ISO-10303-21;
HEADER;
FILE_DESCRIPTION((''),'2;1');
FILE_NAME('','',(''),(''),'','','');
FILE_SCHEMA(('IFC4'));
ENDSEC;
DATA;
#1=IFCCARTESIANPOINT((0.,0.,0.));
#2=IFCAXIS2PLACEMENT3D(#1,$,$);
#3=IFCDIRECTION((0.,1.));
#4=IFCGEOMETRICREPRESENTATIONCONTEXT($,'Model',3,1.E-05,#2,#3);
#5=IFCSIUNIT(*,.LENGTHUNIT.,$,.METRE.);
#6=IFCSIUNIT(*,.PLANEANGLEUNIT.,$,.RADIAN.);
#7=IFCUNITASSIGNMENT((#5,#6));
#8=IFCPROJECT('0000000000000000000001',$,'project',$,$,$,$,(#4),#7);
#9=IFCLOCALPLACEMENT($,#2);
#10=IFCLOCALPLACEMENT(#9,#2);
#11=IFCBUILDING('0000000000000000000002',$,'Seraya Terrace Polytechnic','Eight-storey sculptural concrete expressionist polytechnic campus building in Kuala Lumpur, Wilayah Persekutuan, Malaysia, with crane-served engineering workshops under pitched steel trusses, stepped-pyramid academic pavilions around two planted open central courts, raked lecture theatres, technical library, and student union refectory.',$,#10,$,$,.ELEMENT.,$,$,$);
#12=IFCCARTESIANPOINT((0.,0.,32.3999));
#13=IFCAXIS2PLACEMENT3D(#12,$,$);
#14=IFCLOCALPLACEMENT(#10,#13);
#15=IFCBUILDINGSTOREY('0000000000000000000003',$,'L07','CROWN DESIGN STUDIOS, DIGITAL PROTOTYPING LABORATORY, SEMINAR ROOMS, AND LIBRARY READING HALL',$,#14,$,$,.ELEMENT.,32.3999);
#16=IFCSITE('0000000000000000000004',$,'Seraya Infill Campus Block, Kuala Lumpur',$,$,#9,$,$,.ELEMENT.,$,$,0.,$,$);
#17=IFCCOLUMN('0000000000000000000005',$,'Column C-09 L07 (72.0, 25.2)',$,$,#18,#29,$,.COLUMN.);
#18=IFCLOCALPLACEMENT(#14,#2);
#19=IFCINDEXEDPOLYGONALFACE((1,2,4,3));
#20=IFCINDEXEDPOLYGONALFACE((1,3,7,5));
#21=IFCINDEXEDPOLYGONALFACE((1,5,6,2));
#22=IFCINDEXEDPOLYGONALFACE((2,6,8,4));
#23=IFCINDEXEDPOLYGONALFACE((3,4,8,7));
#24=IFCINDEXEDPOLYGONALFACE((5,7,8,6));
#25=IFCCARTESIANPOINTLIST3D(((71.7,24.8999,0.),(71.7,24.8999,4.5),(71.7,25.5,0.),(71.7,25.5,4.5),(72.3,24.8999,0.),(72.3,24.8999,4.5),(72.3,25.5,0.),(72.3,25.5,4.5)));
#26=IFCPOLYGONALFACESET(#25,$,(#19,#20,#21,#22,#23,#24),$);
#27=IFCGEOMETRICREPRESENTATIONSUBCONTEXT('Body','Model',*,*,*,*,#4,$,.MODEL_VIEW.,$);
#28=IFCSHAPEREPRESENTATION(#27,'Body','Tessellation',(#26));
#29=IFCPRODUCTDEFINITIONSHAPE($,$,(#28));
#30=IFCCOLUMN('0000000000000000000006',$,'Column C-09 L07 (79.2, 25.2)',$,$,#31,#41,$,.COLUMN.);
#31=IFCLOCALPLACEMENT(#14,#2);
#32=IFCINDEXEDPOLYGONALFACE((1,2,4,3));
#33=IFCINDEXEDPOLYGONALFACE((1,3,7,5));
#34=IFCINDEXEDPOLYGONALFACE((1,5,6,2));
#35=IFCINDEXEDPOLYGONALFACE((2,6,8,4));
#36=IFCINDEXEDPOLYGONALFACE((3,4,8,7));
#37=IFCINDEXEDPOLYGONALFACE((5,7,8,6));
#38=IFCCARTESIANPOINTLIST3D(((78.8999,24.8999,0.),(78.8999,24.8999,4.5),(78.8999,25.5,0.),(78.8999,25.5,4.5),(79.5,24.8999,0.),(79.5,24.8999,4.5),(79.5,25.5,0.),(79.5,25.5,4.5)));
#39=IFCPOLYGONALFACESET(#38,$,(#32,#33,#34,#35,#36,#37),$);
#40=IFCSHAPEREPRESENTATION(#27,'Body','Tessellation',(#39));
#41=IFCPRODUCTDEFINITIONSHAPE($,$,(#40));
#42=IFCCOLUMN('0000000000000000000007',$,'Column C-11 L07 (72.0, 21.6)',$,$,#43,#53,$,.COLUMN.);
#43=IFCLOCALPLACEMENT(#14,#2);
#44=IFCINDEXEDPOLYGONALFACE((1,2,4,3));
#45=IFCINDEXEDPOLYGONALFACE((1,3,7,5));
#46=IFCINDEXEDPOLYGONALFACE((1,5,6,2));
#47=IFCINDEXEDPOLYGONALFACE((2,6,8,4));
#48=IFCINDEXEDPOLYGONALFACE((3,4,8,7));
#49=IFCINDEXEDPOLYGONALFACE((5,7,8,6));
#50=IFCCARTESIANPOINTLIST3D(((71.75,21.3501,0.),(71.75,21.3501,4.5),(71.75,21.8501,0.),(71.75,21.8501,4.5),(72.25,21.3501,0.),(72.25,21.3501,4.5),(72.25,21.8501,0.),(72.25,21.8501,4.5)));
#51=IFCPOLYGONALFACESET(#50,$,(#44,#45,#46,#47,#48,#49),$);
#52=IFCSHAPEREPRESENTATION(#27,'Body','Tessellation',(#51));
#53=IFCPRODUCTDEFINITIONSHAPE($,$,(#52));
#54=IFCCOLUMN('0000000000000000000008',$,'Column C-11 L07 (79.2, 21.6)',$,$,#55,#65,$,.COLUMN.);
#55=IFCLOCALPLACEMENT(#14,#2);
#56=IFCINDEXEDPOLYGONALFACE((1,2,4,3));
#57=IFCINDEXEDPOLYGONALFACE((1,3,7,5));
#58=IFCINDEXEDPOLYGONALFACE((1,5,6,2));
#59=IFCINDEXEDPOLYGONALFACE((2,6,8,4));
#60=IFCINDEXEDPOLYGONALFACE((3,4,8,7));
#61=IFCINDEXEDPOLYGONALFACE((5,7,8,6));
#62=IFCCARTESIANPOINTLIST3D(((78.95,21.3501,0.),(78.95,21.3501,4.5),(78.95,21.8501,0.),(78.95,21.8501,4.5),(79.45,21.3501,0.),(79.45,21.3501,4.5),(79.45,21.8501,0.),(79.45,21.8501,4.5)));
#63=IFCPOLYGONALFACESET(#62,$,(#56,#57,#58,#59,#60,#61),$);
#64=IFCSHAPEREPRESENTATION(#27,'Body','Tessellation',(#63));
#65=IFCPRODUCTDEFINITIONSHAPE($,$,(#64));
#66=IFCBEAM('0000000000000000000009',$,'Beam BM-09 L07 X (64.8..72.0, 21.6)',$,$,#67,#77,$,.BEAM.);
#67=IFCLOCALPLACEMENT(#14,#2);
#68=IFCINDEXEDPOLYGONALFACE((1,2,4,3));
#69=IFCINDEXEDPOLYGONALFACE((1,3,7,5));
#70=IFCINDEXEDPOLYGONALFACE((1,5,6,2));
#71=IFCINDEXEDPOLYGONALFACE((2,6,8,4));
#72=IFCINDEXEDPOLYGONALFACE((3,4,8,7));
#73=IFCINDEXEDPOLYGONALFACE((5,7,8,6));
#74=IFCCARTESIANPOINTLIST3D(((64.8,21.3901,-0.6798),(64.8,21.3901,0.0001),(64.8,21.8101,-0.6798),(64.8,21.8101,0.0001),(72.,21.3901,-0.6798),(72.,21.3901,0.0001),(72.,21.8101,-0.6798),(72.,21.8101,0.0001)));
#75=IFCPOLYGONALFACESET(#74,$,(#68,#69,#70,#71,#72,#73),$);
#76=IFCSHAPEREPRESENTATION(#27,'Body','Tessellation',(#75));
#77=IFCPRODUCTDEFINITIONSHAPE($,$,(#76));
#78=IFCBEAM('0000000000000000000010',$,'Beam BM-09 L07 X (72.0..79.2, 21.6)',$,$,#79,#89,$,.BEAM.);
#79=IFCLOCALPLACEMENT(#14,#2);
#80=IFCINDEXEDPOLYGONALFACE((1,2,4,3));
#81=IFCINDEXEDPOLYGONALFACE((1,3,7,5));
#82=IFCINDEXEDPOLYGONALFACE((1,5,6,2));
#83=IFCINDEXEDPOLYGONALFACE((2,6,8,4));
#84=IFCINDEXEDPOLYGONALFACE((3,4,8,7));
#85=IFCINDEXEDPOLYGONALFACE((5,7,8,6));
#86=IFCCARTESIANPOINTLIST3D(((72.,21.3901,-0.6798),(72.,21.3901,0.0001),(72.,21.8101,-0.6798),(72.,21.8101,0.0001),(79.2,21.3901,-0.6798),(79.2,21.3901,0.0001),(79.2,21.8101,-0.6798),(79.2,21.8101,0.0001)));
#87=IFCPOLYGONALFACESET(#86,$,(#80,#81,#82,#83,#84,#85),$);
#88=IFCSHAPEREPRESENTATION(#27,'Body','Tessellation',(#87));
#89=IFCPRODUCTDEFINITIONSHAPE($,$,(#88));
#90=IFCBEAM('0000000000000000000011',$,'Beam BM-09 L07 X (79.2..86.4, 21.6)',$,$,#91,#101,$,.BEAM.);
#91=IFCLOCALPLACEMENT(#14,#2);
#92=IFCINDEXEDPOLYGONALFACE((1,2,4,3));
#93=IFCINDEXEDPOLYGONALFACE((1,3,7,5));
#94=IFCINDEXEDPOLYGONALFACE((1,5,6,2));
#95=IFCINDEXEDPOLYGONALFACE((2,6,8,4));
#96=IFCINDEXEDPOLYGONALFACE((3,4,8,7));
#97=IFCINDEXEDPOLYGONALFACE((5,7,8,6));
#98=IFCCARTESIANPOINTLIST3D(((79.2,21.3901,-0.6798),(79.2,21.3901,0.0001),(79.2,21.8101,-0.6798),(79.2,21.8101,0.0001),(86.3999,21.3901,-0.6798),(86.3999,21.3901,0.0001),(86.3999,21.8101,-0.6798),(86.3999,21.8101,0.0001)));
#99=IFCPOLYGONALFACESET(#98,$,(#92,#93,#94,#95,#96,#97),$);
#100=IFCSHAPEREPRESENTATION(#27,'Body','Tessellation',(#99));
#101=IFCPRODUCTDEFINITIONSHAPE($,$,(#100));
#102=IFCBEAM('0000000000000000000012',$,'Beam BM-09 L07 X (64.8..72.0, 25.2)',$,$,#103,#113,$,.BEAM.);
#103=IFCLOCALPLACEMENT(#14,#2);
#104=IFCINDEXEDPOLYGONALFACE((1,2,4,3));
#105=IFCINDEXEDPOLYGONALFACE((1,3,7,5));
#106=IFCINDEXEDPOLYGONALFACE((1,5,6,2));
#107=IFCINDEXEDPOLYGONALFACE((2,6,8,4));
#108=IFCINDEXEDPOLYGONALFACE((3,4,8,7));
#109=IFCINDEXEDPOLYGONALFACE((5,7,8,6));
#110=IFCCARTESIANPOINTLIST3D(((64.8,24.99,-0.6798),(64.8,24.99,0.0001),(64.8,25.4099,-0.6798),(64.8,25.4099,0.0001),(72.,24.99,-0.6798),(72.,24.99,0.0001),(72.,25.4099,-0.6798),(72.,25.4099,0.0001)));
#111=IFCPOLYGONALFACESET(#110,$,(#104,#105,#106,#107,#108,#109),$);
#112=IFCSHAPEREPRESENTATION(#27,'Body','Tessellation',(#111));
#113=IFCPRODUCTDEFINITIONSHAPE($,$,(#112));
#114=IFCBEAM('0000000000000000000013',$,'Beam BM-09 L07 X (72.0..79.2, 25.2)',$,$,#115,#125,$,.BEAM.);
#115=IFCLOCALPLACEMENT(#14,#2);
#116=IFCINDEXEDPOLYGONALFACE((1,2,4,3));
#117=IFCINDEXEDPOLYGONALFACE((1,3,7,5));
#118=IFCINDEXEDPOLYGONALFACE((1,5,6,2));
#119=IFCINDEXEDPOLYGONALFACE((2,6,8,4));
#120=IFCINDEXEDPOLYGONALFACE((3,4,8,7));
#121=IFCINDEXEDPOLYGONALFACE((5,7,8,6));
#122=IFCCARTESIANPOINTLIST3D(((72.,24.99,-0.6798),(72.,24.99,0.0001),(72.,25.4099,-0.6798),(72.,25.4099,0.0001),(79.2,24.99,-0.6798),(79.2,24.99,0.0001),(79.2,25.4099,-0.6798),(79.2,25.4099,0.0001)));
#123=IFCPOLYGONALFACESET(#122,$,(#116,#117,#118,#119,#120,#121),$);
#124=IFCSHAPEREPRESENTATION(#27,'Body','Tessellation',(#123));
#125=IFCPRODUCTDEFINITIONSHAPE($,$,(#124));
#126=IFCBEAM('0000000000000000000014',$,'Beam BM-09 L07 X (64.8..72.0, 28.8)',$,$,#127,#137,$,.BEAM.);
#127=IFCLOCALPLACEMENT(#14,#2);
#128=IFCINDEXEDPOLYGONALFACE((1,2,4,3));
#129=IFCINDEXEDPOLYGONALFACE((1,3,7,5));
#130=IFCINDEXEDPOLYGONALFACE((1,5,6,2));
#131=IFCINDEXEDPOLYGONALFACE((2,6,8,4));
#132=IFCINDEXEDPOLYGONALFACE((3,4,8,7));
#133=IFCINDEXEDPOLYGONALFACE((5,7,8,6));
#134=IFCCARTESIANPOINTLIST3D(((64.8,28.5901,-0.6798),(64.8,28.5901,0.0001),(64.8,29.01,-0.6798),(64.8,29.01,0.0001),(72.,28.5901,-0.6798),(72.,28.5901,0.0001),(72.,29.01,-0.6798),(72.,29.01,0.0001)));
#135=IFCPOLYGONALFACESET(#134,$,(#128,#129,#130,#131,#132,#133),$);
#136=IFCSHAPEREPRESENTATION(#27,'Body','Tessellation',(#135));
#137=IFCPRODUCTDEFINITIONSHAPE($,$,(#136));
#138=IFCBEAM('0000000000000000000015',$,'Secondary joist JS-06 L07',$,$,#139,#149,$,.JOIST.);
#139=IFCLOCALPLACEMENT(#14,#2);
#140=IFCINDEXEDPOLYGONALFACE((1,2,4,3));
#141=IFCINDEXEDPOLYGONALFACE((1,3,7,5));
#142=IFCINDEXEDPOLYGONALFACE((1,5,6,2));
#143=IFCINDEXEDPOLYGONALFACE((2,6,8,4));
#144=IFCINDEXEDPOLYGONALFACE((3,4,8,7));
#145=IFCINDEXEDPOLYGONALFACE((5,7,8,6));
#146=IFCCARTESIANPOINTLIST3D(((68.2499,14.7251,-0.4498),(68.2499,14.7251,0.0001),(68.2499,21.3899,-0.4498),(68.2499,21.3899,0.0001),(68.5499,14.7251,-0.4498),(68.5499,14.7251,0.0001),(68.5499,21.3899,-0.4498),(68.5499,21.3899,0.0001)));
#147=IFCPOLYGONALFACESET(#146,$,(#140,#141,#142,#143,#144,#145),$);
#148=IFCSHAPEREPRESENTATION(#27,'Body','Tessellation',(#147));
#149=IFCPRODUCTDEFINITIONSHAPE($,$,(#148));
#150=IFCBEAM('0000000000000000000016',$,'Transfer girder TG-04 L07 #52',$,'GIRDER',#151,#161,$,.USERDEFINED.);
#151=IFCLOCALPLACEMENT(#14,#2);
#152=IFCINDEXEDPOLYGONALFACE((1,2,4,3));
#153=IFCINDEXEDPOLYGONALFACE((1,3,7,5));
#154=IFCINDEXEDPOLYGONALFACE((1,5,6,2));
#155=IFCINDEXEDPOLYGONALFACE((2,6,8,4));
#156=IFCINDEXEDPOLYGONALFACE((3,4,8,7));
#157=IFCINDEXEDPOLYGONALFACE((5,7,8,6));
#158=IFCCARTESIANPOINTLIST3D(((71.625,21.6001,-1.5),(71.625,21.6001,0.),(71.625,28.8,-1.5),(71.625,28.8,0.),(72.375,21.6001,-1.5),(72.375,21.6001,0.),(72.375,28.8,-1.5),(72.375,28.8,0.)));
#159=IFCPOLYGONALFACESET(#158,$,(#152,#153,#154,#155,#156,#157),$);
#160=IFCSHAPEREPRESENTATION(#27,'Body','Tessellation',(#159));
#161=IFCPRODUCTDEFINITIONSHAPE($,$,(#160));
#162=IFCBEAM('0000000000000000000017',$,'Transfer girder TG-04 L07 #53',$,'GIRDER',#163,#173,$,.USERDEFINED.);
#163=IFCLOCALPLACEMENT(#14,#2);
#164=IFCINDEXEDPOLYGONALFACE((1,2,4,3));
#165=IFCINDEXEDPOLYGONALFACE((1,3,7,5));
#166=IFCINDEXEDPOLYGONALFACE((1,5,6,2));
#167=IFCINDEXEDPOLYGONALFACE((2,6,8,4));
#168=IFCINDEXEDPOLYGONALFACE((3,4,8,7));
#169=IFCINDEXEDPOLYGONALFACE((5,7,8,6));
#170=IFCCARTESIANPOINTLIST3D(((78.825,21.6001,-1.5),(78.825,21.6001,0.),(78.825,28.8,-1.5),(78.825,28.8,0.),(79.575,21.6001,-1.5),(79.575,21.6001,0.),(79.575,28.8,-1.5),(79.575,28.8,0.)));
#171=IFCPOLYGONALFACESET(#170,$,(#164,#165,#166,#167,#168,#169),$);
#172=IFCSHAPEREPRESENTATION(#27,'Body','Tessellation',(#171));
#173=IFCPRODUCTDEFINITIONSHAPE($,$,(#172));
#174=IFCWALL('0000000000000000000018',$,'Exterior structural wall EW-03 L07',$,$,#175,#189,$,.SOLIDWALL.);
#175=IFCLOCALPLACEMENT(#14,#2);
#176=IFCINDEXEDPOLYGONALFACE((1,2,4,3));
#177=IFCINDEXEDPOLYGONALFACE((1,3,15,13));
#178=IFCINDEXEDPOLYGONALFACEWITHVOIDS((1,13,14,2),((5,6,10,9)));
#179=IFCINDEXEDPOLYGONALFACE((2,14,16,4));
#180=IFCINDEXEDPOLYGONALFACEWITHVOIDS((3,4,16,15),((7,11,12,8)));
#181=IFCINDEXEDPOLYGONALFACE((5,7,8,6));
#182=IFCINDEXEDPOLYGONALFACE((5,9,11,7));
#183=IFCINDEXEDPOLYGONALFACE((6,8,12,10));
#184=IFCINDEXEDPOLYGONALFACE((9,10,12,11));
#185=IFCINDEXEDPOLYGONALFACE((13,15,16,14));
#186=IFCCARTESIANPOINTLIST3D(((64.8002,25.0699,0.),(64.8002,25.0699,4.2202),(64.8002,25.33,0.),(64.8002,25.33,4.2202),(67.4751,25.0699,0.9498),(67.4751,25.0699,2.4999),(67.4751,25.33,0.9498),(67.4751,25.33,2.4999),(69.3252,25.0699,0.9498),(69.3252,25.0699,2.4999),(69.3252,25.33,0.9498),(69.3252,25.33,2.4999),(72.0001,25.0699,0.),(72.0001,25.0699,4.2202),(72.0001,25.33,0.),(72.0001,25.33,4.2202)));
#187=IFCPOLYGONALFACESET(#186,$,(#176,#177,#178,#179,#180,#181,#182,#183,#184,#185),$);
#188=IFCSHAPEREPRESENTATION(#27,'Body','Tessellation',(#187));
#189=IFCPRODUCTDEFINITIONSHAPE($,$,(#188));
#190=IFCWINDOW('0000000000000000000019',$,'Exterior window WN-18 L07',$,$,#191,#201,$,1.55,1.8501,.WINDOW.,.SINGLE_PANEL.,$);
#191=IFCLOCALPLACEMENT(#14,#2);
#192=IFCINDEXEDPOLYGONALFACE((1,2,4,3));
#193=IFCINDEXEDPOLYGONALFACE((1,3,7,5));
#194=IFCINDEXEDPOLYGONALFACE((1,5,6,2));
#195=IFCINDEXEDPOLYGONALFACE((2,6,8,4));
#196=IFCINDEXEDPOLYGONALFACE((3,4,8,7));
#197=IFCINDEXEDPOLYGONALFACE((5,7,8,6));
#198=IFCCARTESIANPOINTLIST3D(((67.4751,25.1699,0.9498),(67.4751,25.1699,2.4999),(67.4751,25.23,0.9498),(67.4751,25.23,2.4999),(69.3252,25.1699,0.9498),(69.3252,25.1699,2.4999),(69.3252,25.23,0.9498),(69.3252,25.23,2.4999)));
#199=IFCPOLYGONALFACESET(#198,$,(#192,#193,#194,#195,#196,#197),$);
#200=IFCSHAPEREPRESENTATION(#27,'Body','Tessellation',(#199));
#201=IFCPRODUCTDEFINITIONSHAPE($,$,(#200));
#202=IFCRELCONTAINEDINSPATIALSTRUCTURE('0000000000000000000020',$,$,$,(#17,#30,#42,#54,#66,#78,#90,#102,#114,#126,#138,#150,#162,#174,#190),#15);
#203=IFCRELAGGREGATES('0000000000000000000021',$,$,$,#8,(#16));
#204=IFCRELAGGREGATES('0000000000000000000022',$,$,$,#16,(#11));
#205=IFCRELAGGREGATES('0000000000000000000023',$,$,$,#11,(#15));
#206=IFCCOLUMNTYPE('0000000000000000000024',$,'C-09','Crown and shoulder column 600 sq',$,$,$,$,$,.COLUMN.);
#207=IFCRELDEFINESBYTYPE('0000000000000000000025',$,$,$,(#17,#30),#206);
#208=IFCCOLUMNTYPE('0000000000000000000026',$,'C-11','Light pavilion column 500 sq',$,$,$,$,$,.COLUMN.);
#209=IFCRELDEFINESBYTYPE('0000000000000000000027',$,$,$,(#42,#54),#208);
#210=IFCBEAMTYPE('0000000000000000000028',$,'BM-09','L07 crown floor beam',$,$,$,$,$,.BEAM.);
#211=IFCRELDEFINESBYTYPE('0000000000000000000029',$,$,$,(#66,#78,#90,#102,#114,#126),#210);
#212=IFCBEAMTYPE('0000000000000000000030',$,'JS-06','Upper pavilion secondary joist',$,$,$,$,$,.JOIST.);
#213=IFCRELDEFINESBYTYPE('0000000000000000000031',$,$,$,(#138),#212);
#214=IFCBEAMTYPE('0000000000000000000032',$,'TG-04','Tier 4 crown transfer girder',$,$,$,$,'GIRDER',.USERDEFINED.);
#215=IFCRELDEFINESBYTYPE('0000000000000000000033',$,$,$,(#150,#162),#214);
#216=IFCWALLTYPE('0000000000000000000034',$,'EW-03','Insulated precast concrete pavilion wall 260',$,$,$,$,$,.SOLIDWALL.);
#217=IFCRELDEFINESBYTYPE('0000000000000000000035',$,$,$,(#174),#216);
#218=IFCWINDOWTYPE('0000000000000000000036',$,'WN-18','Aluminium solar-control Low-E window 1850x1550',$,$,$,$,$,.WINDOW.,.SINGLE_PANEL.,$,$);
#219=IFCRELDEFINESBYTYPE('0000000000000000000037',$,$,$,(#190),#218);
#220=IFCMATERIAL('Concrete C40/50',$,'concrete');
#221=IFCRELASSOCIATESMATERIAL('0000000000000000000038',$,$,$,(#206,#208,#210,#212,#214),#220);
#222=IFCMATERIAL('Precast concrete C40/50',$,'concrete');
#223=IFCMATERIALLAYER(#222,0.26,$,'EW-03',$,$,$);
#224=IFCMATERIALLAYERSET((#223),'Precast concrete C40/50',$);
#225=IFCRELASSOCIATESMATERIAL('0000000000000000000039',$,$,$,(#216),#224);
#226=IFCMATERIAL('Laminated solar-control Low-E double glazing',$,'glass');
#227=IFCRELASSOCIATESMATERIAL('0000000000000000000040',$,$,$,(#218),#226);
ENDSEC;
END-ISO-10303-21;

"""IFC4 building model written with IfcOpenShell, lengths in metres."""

from ifc_helpers import new_model, si_unit, direction, frame, frame_2d, origin, origin_2d, place, context, subcontext, project, spatial, rectangle, extrude, material, layer, layer_set, material_profile, profile_set, type_object, element, fill, save


model = new_model("IFC4")

# Units and contexts
model_context = context("Model", 3, precision=1e-05, world=origin(), true_north=direction((0.0, 1.0)))
body_context = subcontext(model_context, "Body", "Model", "MODEL_VIEW")
ifc_project = project(units=[si_unit("LENGTHUNIT", "METRE"), si_unit("PLANEANGLEUNIT", "RADIAN")], contexts=[model_context])

# Site, building, storey
site_placement = place(None, origin())
site = spatial("IfcSite", under=ifc_project, at=site_placement, Name="Seraya Infill Campus Block, Kuala Lumpur", CompositionType="ELEMENT", RefElevation=0.0)
building_placement = place(site_placement, origin())
building = spatial("IfcBuilding", under=site, at=building_placement, Name="Seraya Terrace Polytechnic", Description="Eight-storey sculptural concrete expressionist polytechnic campus building in Kuala Lumpur, Wilayah Persekutuan, Malaysia, with crane-served engineering workshops under pitched steel trusses, stepped-pyramid academic pavilions around two planted open central courts, raked lecture theatres, technical library, and student union refectory.", CompositionType="ELEMENT")
storey_placement = place(building_placement, frame((0.0, 0.0, 32.3999)))
storey = spatial("IfcBuildingStorey", under=building, at=storey_placement, Name="L07", Description="CROWN DESIGN STUDIOS, DIGITAL PROTOTYPING LABORATORY, SEMINAR ROOMS, AND LIBRARY READING HALL", CompositionType="ELEMENT", Elevation=32.3999)

# Columns
ifc_material_1 = material(Name="Concrete C40/50", Category="concrete")
ifc_material_profile_1 = material_profile(ifc_material_1, rectangle(XDim=0.6001, YDim=0.6001, at=origin_2d()), Name="RC 600x600")
ifc_profile_set_1 = profile_set([ifc_material_profile_1], Name="Concrete C40/50")
column_type_1 = type_object("IfcColumnType", Name="C-09", Description="Crown and shoulder column 600 sq", PredefinedType="COLUMN", material=ifc_profile_set_1)
for number, where, z_axis, x_axis, name in (
    (1, (72.0, 25.2, 0.0), (0.0, 0.0, 1.0), (1.0, 0.0, 0.0), "Column C-09 L07 (72.0, 25.2)"),
    (2, (79.2, 25.2, 0.0), (0.0, 0.0, 1.0), (1.0, 0.0, 0.0), "Column C-09 L07 (79.2, 25.2)"),
):
    element("IfcColumn", number, at=place(storey_placement, frame(where, z_axis=z_axis, x_axis=x_axis)), inside=storey, type_object=column_type_1, Name=name, PredefinedType="COLUMN", context=body_context, shape_type="SweptSolid", body=[
        extrude(rectangle(XDim=0.6001, YDim=0.6001, at=origin_2d()), origin(), (0.0, 0.0, 1.0), 4.5),
    ])
ifc_material_profile_2 = material_profile(ifc_material_1, rectangle(XDim=0.5, YDim=0.5, at=origin_2d()), Name="RC 500x500")
ifc_profile_set_2 = profile_set([ifc_material_profile_2], Name="Concrete C40/50")
column_type_2 = type_object("IfcColumnType", Name="C-11", Description="Light pavilion column 500 sq", PredefinedType="COLUMN", material=ifc_profile_set_2)
for number, where, z_axis, x_axis, name in (
    (3, (72.0, 21.6001, 0.0), (0.0, 0.0, 1.0), (1.0, 0.0, 0.0), "Column C-11 L07 (72.0, 21.6)"),
    (4, (79.2, 21.6001, 0.0), (0.0, 0.0, 1.0), (1.0, 0.0, 0.0), "Column C-11 L07 (79.2, 21.6)"),
):
    element("IfcColumn", number, at=place(storey_placement, frame(where, z_axis=z_axis, x_axis=x_axis)), inside=storey, type_object=column_type_2, Name=name, PredefinedType="COLUMN", context=body_context, shape_type="SweptSolid", body=[
        extrude(rectangle(XDim=0.5, YDim=0.5, at=origin_2d()), origin(), (0.0, 0.0, 1.0), 4.5),
    ])

# Beams
ifc_material_profile_3 = material_profile(ifc_material_1, rectangle(XDim=0.4199, YDim=0.6799, at=origin_2d()), Name="RC 420x680")
ifc_profile_set_3 = profile_set([ifc_material_profile_3], Name="Concrete C40/50")
beam_type_1 = type_object("IfcBeamType", Name="BM-09", Description="L07 crown floor beam", PredefinedType="BEAM", material=ifc_profile_set_3)
for number, where, z_axis, x_axis, name in (
    (5, (64.8, 21.6001, -0.3398), (1.0, 0.0, 0.0), (0.0, 1.0, 0.0), "Beam BM-09 L07 X (64.8..72.0, 21.6)"),
    (6, (72.0, 21.6001, -0.3398), (1.0, 0.0, 0.0), (0.0, 1.0, 0.0), "Beam BM-09 L07 X (72.0..79.2, 21.6)"),
    (7, (79.2, 21.6001, -0.3398), (1.0, 0.0, 0.0), (0.0, 1.0, 0.0), "Beam BM-09 L07 X (79.2..86.4, 21.6)"),
    (8, (64.8, 25.2, -0.3398), (1.0, 0.0, 0.0), (0.0, 1.0, 0.0), "Beam BM-09 L07 X (64.8..72.0, 25.2)"),
    (9, (72.0, 25.2, -0.3398), (1.0, 0.0, 0.0), (0.0, 1.0, 0.0), "Beam BM-09 L07 X (72.0..79.2, 25.2)"),
    (10, (64.8, 28.8, -0.3398), (1.0, 0.0, 0.0), (0.0, 1.0, 0.0), "Beam BM-09 L07 X (64.8..72.0, 28.8)"),
):
    element("IfcBeam", number, at=place(storey_placement, frame(where, z_axis=z_axis, x_axis=x_axis)), inside=storey, type_object=beam_type_1, Name=name, PredefinedType="BEAM", context=body_context, shape_type="SweptSolid", body=[
        extrude(rectangle(XDim=0.4199, YDim=0.6799, at=origin_2d()), origin(), (0.0, 0.0, 1.0), 7.2),
    ])
ifc_material_profile_4 = material_profile(ifc_material_1, rectangle(XDim=0.3, YDim=0.45, at=origin_2d()), Name="RC 300x450")
ifc_profile_set_4 = profile_set([ifc_material_profile_4], Name="Concrete C40/50")
beam_type_2 = type_object("IfcBeamType", Name="JS-06", Description="Upper pavilion secondary joist", PredefinedType="JOIST", material=ifc_profile_set_4)
beam_placement = place(storey_placement, frame((68.3999, 14.7251, -0.2249), z_axis=(0.0, 1.0, 0.0), x_axis=(-1.0, 0.0, 0.0)))
element("IfcBeam", 11, at=beam_placement, inside=storey, type_object=beam_type_2, Name="Secondary joist JS-06 L07", PredefinedType="JOIST", context=body_context, shape_type="SweptSolid", body=[
    extrude(rectangle(XDim=0.3, YDim=0.45, at=origin_2d()), origin(), (0.0, 0.0, 1.0), 6.6648),
])
ifc_material_profile_5 = material_profile(ifc_material_1, rectangle(XDim=0.75, YDim=1.5, at=origin_2d()), Name="RC 750x1500")
ifc_profile_set_5 = profile_set([ifc_material_profile_5], Name="Concrete C40/50")
beam_type_3 = type_object("IfcBeamType", Name="TG-04", Description="Tier 4 crown transfer girder", ElementType="GIRDER", PredefinedType="USERDEFINED", material=ifc_profile_set_5)
for number, where, z_axis, x_axis, name in (
    (12, (72.0, 21.6001, -0.75), (0.0, 1.0, 0.0), (-1.0, 0.0, 0.0), "Transfer girder TG-04 L07 #52"),
    (13, (79.2, 21.6001, -0.75), (0.0, 1.0, 0.0), (-1.0, 0.0, 0.0), "Transfer girder TG-04 L07 #53"),
):
    element("IfcBeam", number, at=place(storey_placement, frame(where, z_axis=z_axis, x_axis=x_axis)), inside=storey, type_object=beam_type_3, Name=name, ObjectType="GIRDER", PredefinedType="USERDEFINED", context=body_context, shape_type="SweptSolid", body=[
        extrude(rectangle(XDim=0.75, YDim=1.5, at=origin_2d()), origin(), (0.0, 0.0, 1.0), 7.2),
    ])

# Wall, opening, window
ifc_material_2 = material(Name="Precast concrete C40/50", Category="concrete")
ifc_layer_1 = layer(ifc_material_2, 0.26, Name="EW-03")
ifc_layer_set_1 = layer_set([ifc_layer_1], Name="Precast concrete C40/50")
wall_type_1 = type_object("IfcWallType", Name="EW-03", Description="Insulated precast concrete pavilion wall 260", PredefinedType="SOLIDWALL", material=ifc_layer_set_1)
wall_1_placement = place(storey_placement, frame((64.8, 25.2, 0.0), z_axis=(0.0, 0.0, 1.0), x_axis=(1.0, 0.0, 0.0)))
wall_1 = element("IfcWall", 14, at=wall_1_placement, inside=storey, type_object=wall_type_1, Name="Exterior structural wall EW-03 L07", PredefinedType="SOLIDWALL", context=body_context, shape_type="SweptSolid", body=[
    extrude(rectangle(XDim=7.2, YDim=0.26, at=frame_2d((3.6001, 0.0))), origin(), (0.0, 0.0, 1.0), 4.2202),
])
opening_1_placement = place(wall_1_placement, frame((2.675, 0.0, 0.95)))
opening_1 = element("IfcOpeningElement", 15, at=opening_1_placement, cuts=wall_1, PredefinedType="OPENING", context=body_context, shape_type="SweptSolid", body=[
    extrude(rectangle(XDim=1.8501, YDim=1.55, at=frame_2d((0.925, 0.7749))), frame((0.0, 0.1421, 0.0), z_axis=(0.0, -1.0, 0.0), x_axis=(1.0, 0.0, 0.0)), (0.0, 0.0, 1.0), 0.2839),
])
ifc_material_3 = material(Name="Laminated solar-control Low-E double glazing", Category="glass")
window_type_1 = type_object("IfcWindowType", Name="WN-18", Description="Aluminium solar-control Low-E window 1850x1550", PartitioningType="SINGLE_PANEL", PredefinedType="WINDOW", material=ifc_material_3)
window_1_placement = place(opening_1_placement, origin())
window_1 = element("IfcWindow", 16, at=window_1_placement, inside=storey, type_object=window_type_1, Name="Exterior window WN-18 L07", OverallHeight=1.55, OverallWidth=1.8501, PartitioningType="SINGLE_PANEL", PredefinedType="WINDOW", context=body_context, shape_type="SweptSolid", body=[
    extrude(rectangle(XDim=1.8501, YDim=1.55, at=frame_2d((0.925, 0.7749))), frame((0.0, 0.03, 0.0), z_axis=(0.0, -1.0, 0.0), x_axis=(1.0, 0.0, 0.0)), (0.0, 0.0, 1.0), 0.0601),
])
fill(opening_1, window_1)

save(model, "model.ifc")
